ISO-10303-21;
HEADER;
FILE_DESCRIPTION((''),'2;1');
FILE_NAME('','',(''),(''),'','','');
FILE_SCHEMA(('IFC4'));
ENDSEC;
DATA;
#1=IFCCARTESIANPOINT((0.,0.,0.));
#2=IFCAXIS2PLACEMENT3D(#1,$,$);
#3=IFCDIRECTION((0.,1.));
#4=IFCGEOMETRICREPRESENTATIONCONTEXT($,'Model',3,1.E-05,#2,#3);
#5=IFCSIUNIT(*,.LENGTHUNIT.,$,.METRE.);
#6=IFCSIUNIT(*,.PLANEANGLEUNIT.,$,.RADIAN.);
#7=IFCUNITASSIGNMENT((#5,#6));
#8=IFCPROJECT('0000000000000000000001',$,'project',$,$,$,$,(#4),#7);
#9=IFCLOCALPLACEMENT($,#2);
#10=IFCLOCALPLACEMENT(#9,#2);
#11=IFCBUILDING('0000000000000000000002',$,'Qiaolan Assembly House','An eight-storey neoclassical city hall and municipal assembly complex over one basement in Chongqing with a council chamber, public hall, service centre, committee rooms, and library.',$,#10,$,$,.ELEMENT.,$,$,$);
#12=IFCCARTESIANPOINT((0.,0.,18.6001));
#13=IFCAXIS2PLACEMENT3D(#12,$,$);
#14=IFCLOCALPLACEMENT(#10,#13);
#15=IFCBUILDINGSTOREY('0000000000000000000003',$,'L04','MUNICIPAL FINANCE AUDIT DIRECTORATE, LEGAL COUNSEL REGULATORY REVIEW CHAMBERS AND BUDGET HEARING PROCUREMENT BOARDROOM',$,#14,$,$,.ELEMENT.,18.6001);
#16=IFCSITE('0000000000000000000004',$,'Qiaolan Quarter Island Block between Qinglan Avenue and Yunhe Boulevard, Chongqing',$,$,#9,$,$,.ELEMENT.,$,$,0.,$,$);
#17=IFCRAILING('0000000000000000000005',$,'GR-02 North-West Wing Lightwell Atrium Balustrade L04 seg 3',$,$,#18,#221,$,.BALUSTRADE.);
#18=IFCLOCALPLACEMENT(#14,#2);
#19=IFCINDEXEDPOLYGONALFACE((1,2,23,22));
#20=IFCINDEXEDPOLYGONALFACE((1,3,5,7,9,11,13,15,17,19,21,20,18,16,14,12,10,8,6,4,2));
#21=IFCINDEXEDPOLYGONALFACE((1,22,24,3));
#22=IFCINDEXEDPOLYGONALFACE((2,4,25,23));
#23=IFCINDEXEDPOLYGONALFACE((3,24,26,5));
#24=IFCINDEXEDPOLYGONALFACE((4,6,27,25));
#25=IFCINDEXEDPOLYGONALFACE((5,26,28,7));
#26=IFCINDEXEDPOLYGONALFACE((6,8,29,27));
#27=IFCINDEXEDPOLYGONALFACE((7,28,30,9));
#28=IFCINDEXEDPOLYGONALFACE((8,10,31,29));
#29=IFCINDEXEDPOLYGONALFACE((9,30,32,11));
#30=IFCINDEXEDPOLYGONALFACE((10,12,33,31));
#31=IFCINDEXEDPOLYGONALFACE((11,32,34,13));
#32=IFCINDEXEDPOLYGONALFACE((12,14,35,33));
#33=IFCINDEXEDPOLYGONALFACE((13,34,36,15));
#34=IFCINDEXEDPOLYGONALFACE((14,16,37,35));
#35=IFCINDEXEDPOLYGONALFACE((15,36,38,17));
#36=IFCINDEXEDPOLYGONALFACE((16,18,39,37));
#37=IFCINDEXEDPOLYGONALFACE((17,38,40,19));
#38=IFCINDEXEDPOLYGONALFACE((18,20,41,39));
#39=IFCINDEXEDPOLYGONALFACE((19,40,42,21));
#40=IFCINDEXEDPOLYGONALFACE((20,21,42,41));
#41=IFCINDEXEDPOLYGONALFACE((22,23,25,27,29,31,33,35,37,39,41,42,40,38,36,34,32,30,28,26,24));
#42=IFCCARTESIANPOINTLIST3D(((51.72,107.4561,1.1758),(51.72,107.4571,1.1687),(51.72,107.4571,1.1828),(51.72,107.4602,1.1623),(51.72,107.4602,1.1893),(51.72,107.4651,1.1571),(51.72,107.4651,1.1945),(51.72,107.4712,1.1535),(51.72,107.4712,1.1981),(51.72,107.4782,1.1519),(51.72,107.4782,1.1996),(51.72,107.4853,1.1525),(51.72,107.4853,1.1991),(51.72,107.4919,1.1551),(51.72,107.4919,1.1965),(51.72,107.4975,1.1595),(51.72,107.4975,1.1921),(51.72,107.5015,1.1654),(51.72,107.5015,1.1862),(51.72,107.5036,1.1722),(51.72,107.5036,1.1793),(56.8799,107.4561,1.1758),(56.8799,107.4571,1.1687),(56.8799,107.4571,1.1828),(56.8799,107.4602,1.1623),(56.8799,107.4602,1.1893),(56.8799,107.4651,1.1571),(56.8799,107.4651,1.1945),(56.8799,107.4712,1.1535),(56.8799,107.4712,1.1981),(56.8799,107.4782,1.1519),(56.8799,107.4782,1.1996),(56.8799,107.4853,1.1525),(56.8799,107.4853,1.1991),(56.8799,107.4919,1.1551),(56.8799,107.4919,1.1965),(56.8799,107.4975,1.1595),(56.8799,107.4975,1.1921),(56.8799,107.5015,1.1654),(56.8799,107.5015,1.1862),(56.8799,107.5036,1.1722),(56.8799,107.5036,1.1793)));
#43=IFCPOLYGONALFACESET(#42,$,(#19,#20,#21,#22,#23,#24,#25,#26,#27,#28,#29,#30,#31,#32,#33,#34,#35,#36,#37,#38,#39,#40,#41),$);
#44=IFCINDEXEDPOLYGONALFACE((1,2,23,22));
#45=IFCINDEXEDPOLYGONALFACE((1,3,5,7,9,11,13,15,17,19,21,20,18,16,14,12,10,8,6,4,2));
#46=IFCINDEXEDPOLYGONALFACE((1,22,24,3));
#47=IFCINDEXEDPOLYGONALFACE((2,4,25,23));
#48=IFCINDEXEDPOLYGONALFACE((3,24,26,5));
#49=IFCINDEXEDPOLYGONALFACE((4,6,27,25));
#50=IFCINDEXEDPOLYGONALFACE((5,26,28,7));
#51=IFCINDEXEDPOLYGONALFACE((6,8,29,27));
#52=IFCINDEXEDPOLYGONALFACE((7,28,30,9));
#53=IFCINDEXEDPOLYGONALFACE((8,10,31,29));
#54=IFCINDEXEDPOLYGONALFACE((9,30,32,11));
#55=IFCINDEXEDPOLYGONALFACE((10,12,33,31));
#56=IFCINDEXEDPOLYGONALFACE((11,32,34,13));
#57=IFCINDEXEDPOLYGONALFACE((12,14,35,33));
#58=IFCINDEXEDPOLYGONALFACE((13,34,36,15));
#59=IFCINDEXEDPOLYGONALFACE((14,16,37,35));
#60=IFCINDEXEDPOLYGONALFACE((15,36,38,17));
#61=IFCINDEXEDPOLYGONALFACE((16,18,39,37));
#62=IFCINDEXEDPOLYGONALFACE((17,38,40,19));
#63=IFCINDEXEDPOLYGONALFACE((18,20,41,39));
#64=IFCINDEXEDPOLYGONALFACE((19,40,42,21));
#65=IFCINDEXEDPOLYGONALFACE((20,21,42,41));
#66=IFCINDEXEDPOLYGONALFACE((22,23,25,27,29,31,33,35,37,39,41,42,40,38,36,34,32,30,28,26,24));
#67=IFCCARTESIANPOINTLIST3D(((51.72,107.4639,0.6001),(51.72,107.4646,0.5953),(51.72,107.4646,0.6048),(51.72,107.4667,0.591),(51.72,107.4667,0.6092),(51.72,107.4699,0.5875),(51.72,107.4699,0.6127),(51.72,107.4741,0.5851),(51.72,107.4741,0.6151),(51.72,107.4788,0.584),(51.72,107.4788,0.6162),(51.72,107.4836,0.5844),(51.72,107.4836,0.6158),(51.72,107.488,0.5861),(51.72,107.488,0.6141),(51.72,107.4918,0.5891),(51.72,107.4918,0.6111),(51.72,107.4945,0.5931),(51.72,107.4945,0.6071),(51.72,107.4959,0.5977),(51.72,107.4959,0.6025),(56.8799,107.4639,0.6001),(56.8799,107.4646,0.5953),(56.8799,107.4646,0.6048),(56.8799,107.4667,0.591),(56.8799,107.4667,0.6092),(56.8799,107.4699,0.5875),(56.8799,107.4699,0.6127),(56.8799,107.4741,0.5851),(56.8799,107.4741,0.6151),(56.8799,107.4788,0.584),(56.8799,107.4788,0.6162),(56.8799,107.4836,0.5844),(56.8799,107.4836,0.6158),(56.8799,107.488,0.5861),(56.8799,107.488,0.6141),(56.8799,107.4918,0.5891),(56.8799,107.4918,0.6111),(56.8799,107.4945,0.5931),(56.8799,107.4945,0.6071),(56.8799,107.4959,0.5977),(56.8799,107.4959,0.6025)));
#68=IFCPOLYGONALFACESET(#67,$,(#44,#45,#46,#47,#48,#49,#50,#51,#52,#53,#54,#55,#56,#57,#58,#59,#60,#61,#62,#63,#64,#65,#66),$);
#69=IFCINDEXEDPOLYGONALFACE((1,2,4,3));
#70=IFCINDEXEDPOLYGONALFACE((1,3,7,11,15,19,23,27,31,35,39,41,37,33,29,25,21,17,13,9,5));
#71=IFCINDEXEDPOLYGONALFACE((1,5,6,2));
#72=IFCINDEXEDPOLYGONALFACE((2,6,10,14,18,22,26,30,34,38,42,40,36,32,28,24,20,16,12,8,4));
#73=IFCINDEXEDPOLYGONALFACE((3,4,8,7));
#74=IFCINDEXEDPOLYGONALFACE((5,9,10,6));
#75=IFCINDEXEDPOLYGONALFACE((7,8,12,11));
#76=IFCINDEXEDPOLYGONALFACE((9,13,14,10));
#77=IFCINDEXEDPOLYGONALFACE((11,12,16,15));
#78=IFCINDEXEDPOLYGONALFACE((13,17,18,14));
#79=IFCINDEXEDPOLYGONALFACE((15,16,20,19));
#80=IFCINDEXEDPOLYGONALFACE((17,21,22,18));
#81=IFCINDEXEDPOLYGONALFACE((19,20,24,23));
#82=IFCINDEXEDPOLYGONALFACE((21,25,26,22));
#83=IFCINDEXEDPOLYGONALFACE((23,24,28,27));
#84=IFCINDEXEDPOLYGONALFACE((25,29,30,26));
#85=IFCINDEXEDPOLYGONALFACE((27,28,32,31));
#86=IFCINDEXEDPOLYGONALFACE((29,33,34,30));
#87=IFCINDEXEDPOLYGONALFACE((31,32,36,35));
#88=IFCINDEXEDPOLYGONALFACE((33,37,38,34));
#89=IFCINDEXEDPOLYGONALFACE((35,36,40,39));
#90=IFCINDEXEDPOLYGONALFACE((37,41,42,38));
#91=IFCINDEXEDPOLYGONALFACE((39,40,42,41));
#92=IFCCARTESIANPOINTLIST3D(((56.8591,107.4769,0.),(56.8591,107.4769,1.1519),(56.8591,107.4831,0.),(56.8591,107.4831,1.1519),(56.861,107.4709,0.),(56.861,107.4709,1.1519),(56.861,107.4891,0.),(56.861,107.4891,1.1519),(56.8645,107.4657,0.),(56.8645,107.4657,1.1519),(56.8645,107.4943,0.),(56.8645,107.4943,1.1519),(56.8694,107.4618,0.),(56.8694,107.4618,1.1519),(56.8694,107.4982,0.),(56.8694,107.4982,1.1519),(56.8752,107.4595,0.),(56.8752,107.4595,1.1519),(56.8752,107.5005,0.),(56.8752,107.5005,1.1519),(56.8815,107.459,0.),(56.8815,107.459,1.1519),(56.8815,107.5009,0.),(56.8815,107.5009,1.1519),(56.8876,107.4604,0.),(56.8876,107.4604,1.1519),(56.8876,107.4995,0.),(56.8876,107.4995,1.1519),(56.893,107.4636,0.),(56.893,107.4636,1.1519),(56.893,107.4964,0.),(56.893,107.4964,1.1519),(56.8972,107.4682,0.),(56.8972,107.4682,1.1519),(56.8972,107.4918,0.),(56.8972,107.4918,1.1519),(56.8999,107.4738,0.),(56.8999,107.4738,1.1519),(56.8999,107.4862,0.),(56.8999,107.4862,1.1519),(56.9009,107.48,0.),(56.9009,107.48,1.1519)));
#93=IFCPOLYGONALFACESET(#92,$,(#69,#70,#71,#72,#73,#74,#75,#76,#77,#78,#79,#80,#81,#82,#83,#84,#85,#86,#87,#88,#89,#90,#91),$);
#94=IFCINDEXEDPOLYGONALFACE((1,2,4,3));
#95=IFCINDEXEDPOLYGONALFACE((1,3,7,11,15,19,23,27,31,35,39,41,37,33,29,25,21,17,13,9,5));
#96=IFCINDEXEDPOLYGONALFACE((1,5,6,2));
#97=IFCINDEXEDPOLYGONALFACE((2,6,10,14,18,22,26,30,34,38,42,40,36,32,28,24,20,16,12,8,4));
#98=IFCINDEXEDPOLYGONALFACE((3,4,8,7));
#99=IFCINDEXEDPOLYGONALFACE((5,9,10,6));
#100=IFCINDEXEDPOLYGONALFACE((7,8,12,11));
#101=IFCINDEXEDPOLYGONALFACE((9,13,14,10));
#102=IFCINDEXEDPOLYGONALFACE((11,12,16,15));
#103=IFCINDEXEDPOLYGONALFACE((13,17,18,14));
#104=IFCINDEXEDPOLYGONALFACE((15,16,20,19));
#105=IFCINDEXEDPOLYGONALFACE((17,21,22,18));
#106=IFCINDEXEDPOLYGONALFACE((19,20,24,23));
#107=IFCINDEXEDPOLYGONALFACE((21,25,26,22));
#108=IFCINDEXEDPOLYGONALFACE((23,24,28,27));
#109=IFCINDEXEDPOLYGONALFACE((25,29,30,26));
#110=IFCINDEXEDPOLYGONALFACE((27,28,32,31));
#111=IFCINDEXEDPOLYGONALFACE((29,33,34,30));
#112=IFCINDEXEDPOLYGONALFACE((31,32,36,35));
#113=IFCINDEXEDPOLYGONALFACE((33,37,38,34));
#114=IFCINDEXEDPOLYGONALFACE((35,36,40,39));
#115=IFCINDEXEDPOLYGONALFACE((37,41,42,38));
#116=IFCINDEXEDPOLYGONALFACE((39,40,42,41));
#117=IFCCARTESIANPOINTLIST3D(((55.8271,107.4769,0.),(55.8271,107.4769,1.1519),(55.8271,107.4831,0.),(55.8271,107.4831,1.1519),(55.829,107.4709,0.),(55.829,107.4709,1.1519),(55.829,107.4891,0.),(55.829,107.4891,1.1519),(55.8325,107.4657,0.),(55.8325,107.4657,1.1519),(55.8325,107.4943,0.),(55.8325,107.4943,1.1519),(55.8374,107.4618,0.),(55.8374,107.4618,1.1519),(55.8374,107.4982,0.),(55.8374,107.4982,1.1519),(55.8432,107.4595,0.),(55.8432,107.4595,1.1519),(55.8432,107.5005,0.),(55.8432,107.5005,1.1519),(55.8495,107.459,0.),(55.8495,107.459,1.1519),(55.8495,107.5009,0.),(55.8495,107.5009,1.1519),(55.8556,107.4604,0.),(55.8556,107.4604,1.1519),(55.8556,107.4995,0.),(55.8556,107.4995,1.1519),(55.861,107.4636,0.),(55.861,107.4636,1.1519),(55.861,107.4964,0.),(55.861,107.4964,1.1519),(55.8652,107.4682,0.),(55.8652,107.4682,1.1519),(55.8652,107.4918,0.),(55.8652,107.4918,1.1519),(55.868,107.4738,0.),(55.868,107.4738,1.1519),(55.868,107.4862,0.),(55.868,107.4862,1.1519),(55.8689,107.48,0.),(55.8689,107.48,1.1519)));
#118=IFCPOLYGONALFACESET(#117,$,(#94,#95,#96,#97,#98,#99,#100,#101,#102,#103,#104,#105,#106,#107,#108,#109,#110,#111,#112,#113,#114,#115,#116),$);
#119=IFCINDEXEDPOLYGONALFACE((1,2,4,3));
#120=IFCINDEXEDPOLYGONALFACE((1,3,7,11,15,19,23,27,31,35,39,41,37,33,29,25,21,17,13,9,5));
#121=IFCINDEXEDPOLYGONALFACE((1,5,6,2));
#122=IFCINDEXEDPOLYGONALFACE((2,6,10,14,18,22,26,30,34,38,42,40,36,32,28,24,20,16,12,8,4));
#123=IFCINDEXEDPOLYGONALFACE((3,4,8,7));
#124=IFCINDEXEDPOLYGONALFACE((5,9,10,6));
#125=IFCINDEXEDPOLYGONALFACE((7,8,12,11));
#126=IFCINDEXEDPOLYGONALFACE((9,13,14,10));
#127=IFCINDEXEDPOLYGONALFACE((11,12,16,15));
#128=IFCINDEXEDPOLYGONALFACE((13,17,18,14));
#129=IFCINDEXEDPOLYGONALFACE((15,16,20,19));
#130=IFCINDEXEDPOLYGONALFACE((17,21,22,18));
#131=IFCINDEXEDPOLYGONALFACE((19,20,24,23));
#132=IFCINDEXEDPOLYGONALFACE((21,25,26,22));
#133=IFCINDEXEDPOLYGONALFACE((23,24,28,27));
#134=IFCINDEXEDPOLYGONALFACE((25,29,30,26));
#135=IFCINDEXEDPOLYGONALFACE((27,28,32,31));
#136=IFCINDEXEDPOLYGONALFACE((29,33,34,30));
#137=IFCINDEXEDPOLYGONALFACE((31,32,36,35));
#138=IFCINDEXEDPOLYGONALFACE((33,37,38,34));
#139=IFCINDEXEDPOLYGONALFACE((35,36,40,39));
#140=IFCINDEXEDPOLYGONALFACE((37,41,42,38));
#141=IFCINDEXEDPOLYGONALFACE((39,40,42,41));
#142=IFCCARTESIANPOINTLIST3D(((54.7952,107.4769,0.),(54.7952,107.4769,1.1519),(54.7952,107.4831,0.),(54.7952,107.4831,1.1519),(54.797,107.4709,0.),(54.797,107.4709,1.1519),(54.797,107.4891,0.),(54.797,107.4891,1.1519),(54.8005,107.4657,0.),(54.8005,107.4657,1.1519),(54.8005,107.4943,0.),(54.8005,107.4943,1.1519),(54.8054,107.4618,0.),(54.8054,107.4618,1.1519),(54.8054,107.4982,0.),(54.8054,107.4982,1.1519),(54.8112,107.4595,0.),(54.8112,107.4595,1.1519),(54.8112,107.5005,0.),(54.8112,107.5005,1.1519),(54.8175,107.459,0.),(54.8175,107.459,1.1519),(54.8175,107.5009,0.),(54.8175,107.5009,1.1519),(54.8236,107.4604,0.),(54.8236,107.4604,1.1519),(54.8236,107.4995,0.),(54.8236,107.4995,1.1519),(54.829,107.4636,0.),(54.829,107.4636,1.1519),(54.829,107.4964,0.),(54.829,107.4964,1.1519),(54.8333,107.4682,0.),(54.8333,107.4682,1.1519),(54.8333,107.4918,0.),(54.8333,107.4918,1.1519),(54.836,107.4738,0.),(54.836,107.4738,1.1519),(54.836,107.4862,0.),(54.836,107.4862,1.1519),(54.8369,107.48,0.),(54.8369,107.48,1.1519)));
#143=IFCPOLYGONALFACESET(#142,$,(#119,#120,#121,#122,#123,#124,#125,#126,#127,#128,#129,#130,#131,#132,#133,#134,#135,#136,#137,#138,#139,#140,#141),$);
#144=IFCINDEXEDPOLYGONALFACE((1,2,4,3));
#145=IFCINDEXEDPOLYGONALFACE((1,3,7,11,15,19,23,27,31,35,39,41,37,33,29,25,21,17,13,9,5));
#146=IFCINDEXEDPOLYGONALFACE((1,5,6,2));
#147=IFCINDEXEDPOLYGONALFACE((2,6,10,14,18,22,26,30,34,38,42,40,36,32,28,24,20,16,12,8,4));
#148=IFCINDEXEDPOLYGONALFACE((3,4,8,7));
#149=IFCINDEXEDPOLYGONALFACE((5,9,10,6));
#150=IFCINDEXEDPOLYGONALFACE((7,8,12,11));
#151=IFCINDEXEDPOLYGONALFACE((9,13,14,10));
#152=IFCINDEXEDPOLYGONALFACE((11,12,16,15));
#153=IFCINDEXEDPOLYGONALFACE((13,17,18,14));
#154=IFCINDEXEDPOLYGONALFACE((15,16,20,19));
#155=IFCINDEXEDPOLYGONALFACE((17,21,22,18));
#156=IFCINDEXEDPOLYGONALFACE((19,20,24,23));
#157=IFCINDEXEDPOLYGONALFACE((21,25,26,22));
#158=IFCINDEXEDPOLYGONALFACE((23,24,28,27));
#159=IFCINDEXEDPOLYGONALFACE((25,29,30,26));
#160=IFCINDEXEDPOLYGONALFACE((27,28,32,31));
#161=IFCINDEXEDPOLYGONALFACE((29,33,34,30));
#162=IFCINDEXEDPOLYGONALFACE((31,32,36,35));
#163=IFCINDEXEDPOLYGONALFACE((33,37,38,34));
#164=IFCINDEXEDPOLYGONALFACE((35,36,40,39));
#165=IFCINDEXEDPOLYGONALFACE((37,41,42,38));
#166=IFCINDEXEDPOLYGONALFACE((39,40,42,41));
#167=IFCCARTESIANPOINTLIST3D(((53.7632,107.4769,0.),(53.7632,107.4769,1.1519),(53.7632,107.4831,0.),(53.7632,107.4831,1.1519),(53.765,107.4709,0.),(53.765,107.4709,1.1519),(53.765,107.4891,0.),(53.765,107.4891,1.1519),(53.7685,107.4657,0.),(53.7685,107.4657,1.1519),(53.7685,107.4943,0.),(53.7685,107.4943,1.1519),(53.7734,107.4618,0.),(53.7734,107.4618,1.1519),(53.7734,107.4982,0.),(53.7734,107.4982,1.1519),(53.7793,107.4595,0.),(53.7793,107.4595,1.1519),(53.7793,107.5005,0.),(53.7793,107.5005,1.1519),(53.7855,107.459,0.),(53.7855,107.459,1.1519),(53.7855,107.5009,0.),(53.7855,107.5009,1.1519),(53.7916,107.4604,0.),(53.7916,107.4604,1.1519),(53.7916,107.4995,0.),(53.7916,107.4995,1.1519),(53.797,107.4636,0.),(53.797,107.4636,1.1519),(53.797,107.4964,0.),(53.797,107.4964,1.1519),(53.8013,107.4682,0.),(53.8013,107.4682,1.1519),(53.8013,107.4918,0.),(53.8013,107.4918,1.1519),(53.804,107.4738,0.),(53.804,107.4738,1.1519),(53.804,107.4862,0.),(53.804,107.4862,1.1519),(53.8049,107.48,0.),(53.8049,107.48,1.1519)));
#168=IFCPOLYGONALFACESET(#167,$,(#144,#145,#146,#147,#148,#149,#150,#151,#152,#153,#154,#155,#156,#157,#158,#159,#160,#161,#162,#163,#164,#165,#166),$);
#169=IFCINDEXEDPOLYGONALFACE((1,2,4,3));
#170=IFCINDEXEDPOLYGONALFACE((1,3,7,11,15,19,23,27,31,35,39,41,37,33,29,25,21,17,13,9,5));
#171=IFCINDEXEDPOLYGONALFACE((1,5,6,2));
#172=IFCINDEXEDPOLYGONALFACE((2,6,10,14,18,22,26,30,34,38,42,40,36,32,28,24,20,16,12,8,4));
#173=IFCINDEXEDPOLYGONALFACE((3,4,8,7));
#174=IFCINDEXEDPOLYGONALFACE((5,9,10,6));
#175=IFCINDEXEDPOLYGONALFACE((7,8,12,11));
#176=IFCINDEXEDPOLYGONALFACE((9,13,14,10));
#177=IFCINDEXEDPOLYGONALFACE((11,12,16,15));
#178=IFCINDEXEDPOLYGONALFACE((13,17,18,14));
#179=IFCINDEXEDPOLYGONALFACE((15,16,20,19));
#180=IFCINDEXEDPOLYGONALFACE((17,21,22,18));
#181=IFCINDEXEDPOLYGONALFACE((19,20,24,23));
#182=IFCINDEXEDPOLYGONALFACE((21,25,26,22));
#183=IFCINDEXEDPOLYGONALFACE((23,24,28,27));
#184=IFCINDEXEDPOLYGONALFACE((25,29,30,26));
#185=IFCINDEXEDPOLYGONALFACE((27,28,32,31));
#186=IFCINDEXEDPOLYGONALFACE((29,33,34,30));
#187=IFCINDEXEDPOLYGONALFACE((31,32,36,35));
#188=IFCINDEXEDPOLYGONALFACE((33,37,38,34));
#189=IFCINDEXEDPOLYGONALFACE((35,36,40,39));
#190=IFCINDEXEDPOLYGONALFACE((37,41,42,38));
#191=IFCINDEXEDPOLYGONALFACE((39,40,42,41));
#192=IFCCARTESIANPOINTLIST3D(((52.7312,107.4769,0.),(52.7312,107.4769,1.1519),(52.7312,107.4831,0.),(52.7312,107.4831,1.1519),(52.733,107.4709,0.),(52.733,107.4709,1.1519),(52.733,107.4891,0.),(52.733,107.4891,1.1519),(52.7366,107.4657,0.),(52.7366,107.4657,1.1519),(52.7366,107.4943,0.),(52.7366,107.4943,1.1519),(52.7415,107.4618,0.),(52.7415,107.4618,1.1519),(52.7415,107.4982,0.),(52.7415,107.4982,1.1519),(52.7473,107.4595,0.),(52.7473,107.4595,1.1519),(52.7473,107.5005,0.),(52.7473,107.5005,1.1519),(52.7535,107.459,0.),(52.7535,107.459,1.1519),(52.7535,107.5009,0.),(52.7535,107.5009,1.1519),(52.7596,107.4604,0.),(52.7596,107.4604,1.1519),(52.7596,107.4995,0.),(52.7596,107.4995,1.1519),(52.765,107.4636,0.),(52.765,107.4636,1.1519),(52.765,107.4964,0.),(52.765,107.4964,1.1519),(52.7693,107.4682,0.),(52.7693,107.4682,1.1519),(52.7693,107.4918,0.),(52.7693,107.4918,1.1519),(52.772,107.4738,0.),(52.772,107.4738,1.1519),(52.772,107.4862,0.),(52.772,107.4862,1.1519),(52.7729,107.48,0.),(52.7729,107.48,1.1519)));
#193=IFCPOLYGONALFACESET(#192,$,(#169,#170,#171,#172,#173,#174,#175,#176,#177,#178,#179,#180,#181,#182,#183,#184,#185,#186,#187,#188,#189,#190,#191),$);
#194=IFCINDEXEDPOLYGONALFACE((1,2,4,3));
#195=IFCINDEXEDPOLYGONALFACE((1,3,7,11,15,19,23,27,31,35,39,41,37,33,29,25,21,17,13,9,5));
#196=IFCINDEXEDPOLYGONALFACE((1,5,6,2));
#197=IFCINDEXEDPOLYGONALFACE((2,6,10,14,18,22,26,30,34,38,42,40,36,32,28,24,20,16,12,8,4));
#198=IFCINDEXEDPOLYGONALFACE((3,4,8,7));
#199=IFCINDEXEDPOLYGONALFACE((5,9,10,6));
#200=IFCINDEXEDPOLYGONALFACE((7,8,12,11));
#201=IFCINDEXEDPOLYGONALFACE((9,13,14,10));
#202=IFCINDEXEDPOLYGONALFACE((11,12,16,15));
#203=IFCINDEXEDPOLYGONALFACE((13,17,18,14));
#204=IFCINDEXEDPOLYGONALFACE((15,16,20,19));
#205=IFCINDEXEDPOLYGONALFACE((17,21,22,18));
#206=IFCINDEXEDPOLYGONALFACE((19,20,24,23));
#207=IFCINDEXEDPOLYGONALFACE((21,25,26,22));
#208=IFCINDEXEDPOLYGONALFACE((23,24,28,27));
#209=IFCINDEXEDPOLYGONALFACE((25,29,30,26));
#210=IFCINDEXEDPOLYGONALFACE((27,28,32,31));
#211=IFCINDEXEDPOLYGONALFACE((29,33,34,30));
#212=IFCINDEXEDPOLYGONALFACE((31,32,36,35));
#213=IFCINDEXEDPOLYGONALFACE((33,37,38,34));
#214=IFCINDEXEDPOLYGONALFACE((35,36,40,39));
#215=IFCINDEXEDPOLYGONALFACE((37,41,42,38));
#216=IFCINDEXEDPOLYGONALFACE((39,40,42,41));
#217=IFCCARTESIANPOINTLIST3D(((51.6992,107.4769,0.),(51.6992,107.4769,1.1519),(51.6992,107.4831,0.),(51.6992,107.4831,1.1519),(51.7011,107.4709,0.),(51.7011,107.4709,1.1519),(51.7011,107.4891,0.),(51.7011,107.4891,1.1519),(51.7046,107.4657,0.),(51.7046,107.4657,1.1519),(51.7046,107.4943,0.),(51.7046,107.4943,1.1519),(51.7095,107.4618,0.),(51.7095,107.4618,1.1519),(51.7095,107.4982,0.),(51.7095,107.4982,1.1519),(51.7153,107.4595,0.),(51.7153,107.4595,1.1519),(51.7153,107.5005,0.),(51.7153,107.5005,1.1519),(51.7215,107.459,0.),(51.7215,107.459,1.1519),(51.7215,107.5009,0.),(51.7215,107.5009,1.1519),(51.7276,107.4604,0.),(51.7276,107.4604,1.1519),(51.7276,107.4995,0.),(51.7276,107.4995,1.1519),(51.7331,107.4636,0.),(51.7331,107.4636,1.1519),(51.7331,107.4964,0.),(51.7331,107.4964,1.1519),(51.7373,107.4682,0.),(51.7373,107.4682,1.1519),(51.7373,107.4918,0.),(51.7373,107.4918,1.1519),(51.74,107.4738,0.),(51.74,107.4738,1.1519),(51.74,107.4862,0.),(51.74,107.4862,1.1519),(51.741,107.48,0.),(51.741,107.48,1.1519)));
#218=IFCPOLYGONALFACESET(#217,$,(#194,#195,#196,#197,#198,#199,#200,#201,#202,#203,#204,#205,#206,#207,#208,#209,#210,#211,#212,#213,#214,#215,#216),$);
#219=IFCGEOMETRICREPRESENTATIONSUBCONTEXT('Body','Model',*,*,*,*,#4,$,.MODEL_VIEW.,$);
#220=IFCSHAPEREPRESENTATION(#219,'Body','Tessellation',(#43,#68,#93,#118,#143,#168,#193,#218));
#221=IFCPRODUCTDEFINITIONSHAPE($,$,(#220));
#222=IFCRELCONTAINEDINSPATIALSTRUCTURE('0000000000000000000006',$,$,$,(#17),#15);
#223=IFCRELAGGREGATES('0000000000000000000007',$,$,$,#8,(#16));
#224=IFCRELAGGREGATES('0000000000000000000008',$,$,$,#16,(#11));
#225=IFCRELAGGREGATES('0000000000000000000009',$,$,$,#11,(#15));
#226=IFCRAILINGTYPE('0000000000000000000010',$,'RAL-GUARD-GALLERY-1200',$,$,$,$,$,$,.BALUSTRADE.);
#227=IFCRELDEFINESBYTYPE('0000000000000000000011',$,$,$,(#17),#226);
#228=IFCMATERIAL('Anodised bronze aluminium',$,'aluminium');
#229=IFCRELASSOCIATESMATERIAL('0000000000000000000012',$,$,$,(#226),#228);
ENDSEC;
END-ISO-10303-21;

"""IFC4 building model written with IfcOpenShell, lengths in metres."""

from ifc_helpers import new_model, si_unit, direction, frame, origin, origin_2d, place, context, subcontext, project, spatial, circle, extrude, material, type_object, element, save


model = new_model("IFC4")

# Units and contexts
model_context = context("Model", 3, precision=1e-05, world=origin(), true_north=direction((0.0, 1.0)))
body_context = subcontext(model_context, "Body", "Model", "MODEL_VIEW")
ifc_project = project(units=[si_unit("LENGTHUNIT", "METRE"), si_unit("PLANEANGLEUNIT", "RADIAN")], contexts=[model_context])

# Site, building, storey
site_placement = place(None, origin())
site = spatial("IfcSite", under=ifc_project, at=site_placement, Name="Qiaolan Quarter Island Block between Qinglan Avenue and Yunhe Boulevard, Chongqing", CompositionType="ELEMENT", RefElevation=0.0)
building_placement = place(site_placement, origin())
building = spatial("IfcBuilding", under=site, at=building_placement, Name="Qiaolan Assembly House", Description="An eight-storey neoclassical city hall and municipal assembly complex over one basement in Chongqing with a council chamber, public hall, service centre, committee rooms, and library.", CompositionType="ELEMENT")
storey_placement = place(building_placement, frame((0.0, 0.0, 18.6001)))
storey = spatial("IfcBuildingStorey", under=building, at=storey_placement, Name="L04", Description="MUNICIPAL FINANCE AUDIT DIRECTORATE, LEGAL COUNSEL REGULATORY REVIEW CHAMBERS AND BUDGET HEARING PROCUREMENT BOARDROOM", CompositionType="ELEMENT", Elevation=18.6001)

# Railing
ifc_material_1 = material(Name="Anodised bronze aluminium", Category="aluminium")
railing_type = type_object("IfcRailingType", Name="RAL-GUARD-GALLERY-1200", PredefinedType="BALUSTRADE", material=ifc_material_1)
railing_1_placement = place(storey_placement, frame((56.8799, 107.48, 0.0)))
element("IfcRailing", 1, at=railing_1_placement, inside=storey, type_object=railing_type, Name="GR-02 North-West Wing Lightwell Atrium Balustrade L04 seg 3", PredefinedType="BALUSTRADE", context=body_context, shape_type="SweptSolid", body=[
    extrude(circle(Radius=0.0239, at=origin_2d()), frame((0.0, 0.0, 1.1758), z_axis=(-1.0, 0.0, 0.0), x_axis=(0.0, -1.0, 0.0)), (0.0, 0.0, 1.0), 5.1599),
    extrude(circle(Radius=0.0161, at=origin_2d()), frame((0.0, 0.0, 0.6001), z_axis=(-1.0, 0.0, 0.0), x_axis=(0.0, -1.0, 0.0)), (0.0, 0.0, 1.0), 5.1599),
    extrude(circle(Radius=0.021, at=origin_2d()), origin(), (0.0, 0.0, 1.0), 1.1519),
    extrude(circle(Radius=0.021, at=origin_2d()), frame((-1.032, 0.0, 0.0)), (0.0, 0.0, 1.0), 1.1519),
    extrude(circle(Radius=0.021, at=origin_2d()), frame((-2.064, 0.0, 0.0)), (0.0, 0.0, 1.0), 1.1519),
    extrude(circle(Radius=0.021, at=origin_2d()), frame((-3.0959, 0.0, 0.0)), (0.0, 0.0, 1.0), 1.1519),
    extrude(circle(Radius=0.021, at=origin_2d()), frame((-4.1279, 0.0, 0.0)), (0.0, 0.0, 1.0), 1.1519),
    extrude(circle(Radius=0.021, at=origin_2d()), frame((-5.1599, 0.0, 0.0)), (0.0, 0.0, 1.0), 1.1519),
])

save(model, "model.ifc")
